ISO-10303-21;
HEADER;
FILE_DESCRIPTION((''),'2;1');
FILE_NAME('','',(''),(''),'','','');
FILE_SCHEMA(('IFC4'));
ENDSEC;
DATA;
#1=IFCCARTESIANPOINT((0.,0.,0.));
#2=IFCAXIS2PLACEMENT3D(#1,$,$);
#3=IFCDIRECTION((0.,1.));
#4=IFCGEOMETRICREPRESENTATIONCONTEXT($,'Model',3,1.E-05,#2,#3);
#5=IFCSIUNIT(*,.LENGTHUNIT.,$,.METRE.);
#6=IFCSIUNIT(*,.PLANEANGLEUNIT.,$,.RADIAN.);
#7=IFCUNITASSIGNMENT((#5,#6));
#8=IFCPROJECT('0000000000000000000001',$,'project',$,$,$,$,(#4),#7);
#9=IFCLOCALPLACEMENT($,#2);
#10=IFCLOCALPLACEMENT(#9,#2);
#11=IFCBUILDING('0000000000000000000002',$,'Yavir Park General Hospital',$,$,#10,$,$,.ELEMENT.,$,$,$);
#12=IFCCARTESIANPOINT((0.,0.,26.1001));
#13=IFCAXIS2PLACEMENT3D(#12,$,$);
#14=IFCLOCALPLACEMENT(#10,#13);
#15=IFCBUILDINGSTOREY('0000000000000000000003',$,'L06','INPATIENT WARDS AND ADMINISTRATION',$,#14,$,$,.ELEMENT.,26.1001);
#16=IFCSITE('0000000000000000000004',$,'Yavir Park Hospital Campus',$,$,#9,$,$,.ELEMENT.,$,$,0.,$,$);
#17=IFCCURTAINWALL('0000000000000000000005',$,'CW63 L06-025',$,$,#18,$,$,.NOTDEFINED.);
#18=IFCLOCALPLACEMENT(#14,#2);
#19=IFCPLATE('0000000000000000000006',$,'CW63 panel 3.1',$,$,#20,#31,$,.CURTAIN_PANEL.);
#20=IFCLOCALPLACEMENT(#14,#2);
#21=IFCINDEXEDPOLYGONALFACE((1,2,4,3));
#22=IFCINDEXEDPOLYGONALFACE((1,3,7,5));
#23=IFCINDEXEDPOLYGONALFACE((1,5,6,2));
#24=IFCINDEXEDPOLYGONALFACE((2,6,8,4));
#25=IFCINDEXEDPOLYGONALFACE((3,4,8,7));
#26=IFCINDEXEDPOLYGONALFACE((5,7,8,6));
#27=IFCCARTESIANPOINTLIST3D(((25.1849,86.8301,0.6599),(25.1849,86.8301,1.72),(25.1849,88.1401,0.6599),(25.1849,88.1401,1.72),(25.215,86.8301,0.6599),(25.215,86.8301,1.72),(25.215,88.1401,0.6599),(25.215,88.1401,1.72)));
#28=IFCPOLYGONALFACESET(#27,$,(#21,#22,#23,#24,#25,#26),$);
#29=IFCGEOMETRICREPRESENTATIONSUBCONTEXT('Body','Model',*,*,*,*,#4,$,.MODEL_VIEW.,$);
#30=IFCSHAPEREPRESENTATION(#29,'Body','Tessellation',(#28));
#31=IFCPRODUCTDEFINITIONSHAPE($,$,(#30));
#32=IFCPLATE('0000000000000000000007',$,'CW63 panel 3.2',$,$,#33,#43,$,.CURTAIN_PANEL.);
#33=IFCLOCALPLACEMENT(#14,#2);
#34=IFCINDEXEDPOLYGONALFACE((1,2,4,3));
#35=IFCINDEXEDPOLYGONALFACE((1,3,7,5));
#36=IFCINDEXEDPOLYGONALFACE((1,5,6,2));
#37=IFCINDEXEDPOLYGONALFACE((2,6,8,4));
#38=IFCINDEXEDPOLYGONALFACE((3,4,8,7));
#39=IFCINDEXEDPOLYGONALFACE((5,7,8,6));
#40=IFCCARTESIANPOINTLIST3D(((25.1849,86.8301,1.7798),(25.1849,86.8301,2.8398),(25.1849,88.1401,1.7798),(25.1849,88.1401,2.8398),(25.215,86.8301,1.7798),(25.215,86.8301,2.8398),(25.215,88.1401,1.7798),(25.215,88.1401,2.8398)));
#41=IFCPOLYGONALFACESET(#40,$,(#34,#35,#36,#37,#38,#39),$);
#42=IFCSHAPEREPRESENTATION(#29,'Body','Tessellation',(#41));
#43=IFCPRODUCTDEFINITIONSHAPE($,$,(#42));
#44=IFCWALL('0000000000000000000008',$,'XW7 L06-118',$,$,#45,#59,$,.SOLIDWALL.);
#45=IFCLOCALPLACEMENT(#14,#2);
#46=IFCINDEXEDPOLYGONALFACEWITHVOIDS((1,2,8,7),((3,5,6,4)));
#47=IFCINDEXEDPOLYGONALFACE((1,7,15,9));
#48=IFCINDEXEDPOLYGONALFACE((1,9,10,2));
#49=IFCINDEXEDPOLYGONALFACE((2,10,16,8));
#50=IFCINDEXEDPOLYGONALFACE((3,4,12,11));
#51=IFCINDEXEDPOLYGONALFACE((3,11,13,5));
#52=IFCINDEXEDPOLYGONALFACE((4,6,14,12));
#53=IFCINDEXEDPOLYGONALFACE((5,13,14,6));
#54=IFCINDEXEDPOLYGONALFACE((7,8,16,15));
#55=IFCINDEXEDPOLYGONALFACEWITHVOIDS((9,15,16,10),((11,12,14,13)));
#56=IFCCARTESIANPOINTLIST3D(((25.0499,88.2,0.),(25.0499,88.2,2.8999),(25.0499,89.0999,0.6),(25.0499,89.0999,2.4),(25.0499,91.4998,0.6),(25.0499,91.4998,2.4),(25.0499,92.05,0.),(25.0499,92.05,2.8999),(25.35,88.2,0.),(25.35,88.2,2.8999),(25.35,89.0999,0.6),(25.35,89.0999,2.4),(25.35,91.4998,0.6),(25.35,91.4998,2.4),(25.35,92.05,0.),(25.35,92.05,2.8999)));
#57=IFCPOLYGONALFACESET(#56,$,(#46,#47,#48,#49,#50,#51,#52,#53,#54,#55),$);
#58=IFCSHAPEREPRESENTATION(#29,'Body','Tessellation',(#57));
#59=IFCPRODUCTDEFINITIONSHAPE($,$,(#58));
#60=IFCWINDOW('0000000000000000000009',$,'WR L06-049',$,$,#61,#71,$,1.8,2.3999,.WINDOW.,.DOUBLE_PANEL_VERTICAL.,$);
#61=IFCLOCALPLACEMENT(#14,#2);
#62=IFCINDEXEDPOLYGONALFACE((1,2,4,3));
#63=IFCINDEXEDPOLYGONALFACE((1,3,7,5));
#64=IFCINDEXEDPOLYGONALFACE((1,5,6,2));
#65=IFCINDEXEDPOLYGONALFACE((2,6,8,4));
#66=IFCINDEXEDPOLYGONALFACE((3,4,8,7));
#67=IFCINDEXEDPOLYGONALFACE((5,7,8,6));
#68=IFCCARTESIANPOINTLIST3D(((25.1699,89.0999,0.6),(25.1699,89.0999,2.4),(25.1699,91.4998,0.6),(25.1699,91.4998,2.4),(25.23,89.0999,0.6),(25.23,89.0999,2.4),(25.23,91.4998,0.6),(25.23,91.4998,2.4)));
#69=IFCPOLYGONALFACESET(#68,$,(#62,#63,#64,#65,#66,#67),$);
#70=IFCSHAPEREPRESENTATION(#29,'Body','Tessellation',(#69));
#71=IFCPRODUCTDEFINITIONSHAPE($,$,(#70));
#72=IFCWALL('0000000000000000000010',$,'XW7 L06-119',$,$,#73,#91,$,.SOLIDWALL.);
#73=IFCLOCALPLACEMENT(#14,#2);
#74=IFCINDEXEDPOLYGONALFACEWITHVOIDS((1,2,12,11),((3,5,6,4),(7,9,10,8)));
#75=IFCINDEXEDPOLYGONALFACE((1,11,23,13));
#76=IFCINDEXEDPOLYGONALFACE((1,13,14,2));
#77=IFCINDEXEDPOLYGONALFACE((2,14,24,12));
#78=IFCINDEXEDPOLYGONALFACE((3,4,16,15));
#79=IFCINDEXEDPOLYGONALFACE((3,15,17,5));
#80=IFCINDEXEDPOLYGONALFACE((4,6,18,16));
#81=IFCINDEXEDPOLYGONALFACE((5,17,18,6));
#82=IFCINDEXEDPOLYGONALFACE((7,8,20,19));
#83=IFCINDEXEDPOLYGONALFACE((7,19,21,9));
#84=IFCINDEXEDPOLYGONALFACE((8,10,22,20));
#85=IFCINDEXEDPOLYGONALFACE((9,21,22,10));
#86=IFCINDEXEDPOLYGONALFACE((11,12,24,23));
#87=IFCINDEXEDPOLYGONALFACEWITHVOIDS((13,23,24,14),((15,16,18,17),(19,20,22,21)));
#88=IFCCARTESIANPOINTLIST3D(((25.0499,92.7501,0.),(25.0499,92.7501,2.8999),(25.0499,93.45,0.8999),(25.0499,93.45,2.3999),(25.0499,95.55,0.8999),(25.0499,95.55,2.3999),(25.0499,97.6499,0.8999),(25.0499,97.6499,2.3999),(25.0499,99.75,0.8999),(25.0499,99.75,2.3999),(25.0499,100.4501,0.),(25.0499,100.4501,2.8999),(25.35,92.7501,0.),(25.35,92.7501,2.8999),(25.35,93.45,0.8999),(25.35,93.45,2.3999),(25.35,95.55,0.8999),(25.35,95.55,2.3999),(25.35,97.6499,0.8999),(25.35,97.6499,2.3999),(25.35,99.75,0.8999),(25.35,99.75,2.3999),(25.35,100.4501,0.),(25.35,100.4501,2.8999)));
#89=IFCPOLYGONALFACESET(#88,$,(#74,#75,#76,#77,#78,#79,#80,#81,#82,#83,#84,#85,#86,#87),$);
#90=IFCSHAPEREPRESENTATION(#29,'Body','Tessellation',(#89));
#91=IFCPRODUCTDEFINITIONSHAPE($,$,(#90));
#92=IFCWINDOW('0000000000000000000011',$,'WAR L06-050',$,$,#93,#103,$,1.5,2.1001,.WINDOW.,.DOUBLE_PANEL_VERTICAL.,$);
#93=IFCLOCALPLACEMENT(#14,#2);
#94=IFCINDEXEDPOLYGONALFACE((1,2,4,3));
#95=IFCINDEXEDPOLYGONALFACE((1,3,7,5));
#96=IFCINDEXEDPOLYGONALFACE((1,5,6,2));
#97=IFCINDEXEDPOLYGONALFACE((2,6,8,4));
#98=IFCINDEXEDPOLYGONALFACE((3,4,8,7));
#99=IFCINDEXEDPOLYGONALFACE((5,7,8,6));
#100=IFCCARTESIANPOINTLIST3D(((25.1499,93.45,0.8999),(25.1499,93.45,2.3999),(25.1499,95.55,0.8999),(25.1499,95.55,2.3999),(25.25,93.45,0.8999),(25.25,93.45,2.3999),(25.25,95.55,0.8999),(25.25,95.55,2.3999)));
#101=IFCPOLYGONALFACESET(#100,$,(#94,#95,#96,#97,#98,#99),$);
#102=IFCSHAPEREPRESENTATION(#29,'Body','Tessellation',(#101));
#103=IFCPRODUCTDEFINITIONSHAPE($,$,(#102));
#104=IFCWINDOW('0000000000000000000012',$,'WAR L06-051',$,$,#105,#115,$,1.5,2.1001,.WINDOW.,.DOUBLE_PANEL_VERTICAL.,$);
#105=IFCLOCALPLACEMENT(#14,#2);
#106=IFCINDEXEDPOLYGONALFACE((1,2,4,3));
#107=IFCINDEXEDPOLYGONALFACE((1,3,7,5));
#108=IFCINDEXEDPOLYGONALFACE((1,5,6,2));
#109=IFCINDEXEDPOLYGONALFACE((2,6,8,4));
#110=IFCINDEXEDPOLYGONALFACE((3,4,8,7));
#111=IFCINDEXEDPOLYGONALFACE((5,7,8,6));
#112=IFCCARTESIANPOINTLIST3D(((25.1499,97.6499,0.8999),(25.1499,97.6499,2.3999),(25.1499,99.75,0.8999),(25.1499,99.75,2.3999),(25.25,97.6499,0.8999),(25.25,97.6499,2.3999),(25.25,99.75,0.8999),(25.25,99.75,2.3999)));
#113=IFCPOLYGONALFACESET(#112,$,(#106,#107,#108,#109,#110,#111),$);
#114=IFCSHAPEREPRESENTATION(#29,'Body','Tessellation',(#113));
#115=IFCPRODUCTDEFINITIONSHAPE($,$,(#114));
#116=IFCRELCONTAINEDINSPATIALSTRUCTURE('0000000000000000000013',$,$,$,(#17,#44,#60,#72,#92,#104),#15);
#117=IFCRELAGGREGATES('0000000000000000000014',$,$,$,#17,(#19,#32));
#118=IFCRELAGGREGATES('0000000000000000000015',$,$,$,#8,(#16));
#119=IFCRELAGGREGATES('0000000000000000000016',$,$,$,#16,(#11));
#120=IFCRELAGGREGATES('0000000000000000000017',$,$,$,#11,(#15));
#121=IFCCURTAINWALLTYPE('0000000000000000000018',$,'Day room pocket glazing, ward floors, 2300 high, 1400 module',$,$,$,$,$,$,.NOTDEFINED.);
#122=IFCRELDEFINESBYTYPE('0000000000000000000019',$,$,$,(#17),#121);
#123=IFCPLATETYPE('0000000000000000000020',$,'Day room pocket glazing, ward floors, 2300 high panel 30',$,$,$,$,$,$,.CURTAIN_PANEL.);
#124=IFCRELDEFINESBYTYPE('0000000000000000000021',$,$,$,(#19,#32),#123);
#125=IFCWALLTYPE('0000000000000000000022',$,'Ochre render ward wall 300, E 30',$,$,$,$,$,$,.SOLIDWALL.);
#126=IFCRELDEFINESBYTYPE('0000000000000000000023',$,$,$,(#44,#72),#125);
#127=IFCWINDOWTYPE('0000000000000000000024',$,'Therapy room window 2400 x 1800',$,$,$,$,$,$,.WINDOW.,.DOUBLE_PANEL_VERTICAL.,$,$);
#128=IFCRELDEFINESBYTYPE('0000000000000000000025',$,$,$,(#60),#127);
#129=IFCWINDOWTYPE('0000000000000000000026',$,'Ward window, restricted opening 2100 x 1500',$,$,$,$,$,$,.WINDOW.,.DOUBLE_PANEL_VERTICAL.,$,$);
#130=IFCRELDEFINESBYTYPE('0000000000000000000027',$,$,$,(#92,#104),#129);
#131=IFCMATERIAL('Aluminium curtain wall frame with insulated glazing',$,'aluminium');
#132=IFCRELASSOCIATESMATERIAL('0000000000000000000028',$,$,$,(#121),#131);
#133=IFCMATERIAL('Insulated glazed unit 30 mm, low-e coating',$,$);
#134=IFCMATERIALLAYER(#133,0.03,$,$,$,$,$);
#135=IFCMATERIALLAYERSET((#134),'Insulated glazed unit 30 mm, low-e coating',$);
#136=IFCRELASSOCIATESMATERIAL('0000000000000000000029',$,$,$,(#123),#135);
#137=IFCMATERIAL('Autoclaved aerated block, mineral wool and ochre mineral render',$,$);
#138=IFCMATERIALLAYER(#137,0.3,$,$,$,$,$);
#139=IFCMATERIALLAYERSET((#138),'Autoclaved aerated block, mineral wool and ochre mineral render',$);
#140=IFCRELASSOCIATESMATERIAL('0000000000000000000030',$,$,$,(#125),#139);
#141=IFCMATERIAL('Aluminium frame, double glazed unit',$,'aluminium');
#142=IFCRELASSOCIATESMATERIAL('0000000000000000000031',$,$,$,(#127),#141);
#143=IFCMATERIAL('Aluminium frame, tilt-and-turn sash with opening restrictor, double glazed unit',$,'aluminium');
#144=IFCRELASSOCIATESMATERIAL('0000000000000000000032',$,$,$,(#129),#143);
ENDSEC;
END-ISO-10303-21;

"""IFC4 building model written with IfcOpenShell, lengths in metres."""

from ifc_helpers import new_model, si_unit, direction, frame, frame_2d, origin, origin_2d, place, context, subcontext, project, spatial, rectangle, extrude, material, layer, layer_set, type_object, element, fill, aggregate, save


model = new_model("IFC4")

# Units and contexts
model_context = context("Model", 3, precision=1e-05, world=origin(), true_north=direction((0.0, 1.0)))
body_context = subcontext(model_context, "Body", "Model", "MODEL_VIEW")
ifc_project = project(units=[si_unit("LENGTHUNIT", "METRE"), si_unit("PLANEANGLEUNIT", "RADIAN")], contexts=[model_context])

# Site, building, storey
site_placement = place(None, origin())
site = spatial("IfcSite", under=ifc_project, at=site_placement, Name="Yavir Park Hospital Campus", CompositionType="ELEMENT", RefElevation=0.0)
building_placement = place(site_placement, origin())
building = spatial("IfcBuilding", under=site, at=building_placement, Name="Yavir Park General Hospital", CompositionType="ELEMENT")
storey_placement = place(building_placement, frame((0.0, 0.0, 26.1001)))
storey = spatial("IfcBuildingStorey", under=building, at=storey_placement, Name="L06", Description="INPATIENT WARDS AND ADMINISTRATION", CompositionType="ELEMENT", Elevation=26.1001)

# Curtain wall
ifc_material_1 = material(Name="Aluminium curtain wall frame with insulated glazing", Category="aluminium")
curtain_wall_type = type_object("IfcCurtainWallType", Name="Day room pocket glazing, ward floors, 2300 high, 1400 module", PredefinedType="NOTDEFINED", material=ifc_material_1)
curtain_wall_placement = place(storey_placement, origin())
curtain_wall = element("IfcCurtainWall", 1, at=curtain_wall_placement, inside=storey, type_object=curtain_wall_type, Name="CW63 L06-025", PredefinedType="NOTDEFINED")

# Plates
ifc_material_2 = material(Name="Insulated glazed unit 30 mm, low-e coating")
ifc_layer_1 = layer(ifc_material_2, 0.03)
ifc_layer_set_1 = layer_set([ifc_layer_1], Name="Insulated glazed unit 30 mm, low-e coating")
plate_type = type_object("IfcPlateType", Name="Day room pocket glazing, ward floors, 2300 high panel 30", PredefinedType="CURTAIN_PANEL", material=ifc_layer_set_1)
plate_1_placement = place(storey_placement, frame((25.2, 87.4851, 0.6599), z_axis=(0.0, 0.0, 1.0), x_axis=(0.0, 1.0, 0.0)))
plate_1 = element("IfcPlate", 2, at=plate_1_placement, type_object=plate_type, Name="CW63 panel 3.1", PredefinedType="CURTAIN_PANEL", context=body_context, shape_type="SweptSolid", body=[
    extrude(rectangle(XDim=1.3101, YDim=0.03, at=origin_2d()), origin(), (0.0, 0.0, 1.0), 1.0601),
])
plate_2_placement = place(storey_placement, frame((25.2, 87.4851, 1.7798), z_axis=(0.0, 0.0, 1.0), x_axis=(0.0, 1.0, 0.0)))
plate_2 = element("IfcPlate", 3, at=plate_2_placement, type_object=plate_type, Name="CW63 panel 3.2", PredefinedType="CURTAIN_PANEL", context=body_context, shape_type="SweptSolid", body=[
    extrude(rectangle(XDim=1.3101, YDim=0.03, at=origin_2d()), origin(), (0.0, 0.0, 1.0), 1.0601),
])
aggregate(curtain_wall, [plate_1, plate_2])

# Wall, opening, window
ifc_material_3 = material(Name="Autoclaved aerated block, mineral wool and ochre mineral render")
ifc_layer_2 = layer(ifc_material_3, 0.3)
ifc_layer_set_2 = layer_set([ifc_layer_2], Name="Autoclaved aerated block, mineral wool and ochre mineral render")
wall_type = type_object("IfcWallType", Name="Ochre render ward wall 300, E 30", PredefinedType="SOLIDWALL", material=ifc_layer_set_2)
wall_1_placement = place(storey_placement, frame((25.2, 88.2, 0.0), z_axis=(0.0, 0.0, 1.0), x_axis=(0.0, 1.0, 0.0)))
wall_1 = element("IfcWall", 4, at=wall_1_placement, inside=storey, type_object=wall_type, Name="XW7 L06-118", PredefinedType="SOLIDWALL", context=body_context, shape_type="SweptSolid", body=[
    extrude(rectangle(XDim=3.8501, YDim=0.3, at=frame_2d((1.925, 0.0))), origin(), (0.0, 0.0, 1.0), 2.8999),
])
opening_1_placement = place(wall_1_placement, frame((0.8999, 0.0, 0.6001)))
opening_1 = element("IfcOpeningElement", 5, at=opening_1_placement, cuts=wall_1, PredefinedType="OPENING", context=body_context, shape_type="SweptSolid", body=[
    extrude(rectangle(XDim=2.3999, YDim=1.8, at=frame_2d((1.2, 0.8999))), frame((0.0, 0.1599, 0.0), z_axis=(0.0, -1.0, 0.0), x_axis=(1.0, 0.0, 0.0)), (0.0, 0.0, 1.0), 0.3201),
])
ifc_material_4 = material(Name="Aluminium frame, double glazed unit", Category="aluminium")
window_type_1 = type_object("IfcWindowType", Name="Therapy room window 2400 x 1800", PartitioningType="DOUBLE_PANEL_VERTICAL", PredefinedType="WINDOW", material=ifc_material_4)
window_1_placement = place(opening_1_placement, origin())
window_1 = element("IfcWindow", 6, at=window_1_placement, inside=storey, type_object=window_type_1, Name="WR L06-049", OverallHeight=1.8, OverallWidth=2.3999, PartitioningType="DOUBLE_PANEL_VERTICAL", PredefinedType="WINDOW", context=body_context, shape_type="SweptSolid", body=[
    extrude(rectangle(XDim=2.3999, YDim=1.8, at=frame_2d((1.2, 0.8999))), frame((0.0, 0.03, 0.0), z_axis=(0.0, -1.0, 0.0), x_axis=(1.0, 0.0, 0.0)), (0.0, 0.0, 1.0), 0.0601),
])
fill(opening_1, window_1)

# Wall, openings, windows
wall_2_placement = place(storey_placement, frame((25.2, 92.75, 0.0), z_axis=(0.0, 0.0, 1.0), x_axis=(0.0, 1.0, 0.0)))
wall_2 = element("IfcWall", 7, at=wall_2_placement, inside=storey, type_object=wall_type, Name="XW7 L06-119", PredefinedType="SOLIDWALL", context=body_context, shape_type="SweptSolid", body=[
    extrude(rectangle(XDim=7.7, YDim=0.3, at=frame_2d((3.8501, 0.0))), origin(), (0.0, 0.0, 1.0), 2.8999),
])
opening_2_placement = place(wall_2_placement, frame((0.7, 0.0, 0.8999)))
opening_2 = element("IfcOpeningElement", 8, at=opening_2_placement, cuts=wall_2, PredefinedType="OPENING", context=body_context, shape_type="SweptSolid", body=[
    extrude(rectangle(XDim=2.1001, YDim=1.5, at=frame_2d((1.05, 0.75))), frame((0.0, 0.1599, 0.0), z_axis=(0.0, -1.0, 0.0), x_axis=(1.0, 0.0, 0.0)), (0.0, 0.0, 1.0), 0.3201),
])
opening_3_placement = place(wall_2_placement, frame((4.8999, 0.0, 0.8999)))
opening_3 = element("IfcOpeningElement", 9, at=opening_3_placement, cuts=wall_2, PredefinedType="OPENING", context=body_context, shape_type="SweptSolid", body=[
    extrude(rectangle(XDim=2.1001, YDim=1.5, at=frame_2d((1.05, 0.75))), frame((0.0, 0.1599, 0.0), z_axis=(0.0, -1.0, 0.0), x_axis=(1.0, 0.0, 0.0)), (0.0, 0.0, 1.0), 0.3201),
])
ifc_material_5 = material(Name="Aluminium frame, tilt-and-turn sash with opening restrictor, double glazed unit", Category="aluminium")
window_type_2 = type_object("IfcWindowType", Name="Ward window, restricted opening 2100 x 1500", PartitioningType="DOUBLE_PANEL_VERTICAL", PredefinedType="WINDOW", material=ifc_material_5)
window_2_placement = place(opening_2_placement, origin())
window_2 = element("IfcWindow", 10, at=window_2_placement, inside=storey, type_object=window_type_2, Name="WAR L06-050", OverallHeight=1.5, OverallWidth=2.1001, PartitioningType="DOUBLE_PANEL_VERTICAL", PredefinedType="WINDOW", context=body_context, shape_type="SweptSolid", body=[
    extrude(rectangle(XDim=2.1001, YDim=1.5, at=frame_2d((1.05, 0.75))), frame((0.0, 0.05, 0.0), z_axis=(0.0, -1.0, 0.0), x_axis=(1.0, 0.0, 0.0)), (0.0, 0.0, 1.0), 0.1001),
])
fill(opening_2, window_2)
window_3_placement = place(opening_3_placement, origin())
window_3 = element("IfcWindow", 11, at=window_3_placement, inside=storey, type_object=window_type_2, Name="WAR L06-051", OverallHeight=1.5, OverallWidth=2.1001, PartitioningType="DOUBLE_PANEL_VERTICAL", PredefinedType="WINDOW", context=body_context, shape_type="SweptSolid", body=[
    extrude(rectangle(XDim=2.1001, YDim=1.5, at=frame_2d((1.05, 0.75))), frame((0.0, 0.05, 0.0), z_axis=(0.0, -1.0, 0.0), x_axis=(1.0, 0.0, 0.0)), (0.0, 0.0, 1.0), 0.1001),
])
fill(opening_3, window_3)

save(model, "model.ifc")
